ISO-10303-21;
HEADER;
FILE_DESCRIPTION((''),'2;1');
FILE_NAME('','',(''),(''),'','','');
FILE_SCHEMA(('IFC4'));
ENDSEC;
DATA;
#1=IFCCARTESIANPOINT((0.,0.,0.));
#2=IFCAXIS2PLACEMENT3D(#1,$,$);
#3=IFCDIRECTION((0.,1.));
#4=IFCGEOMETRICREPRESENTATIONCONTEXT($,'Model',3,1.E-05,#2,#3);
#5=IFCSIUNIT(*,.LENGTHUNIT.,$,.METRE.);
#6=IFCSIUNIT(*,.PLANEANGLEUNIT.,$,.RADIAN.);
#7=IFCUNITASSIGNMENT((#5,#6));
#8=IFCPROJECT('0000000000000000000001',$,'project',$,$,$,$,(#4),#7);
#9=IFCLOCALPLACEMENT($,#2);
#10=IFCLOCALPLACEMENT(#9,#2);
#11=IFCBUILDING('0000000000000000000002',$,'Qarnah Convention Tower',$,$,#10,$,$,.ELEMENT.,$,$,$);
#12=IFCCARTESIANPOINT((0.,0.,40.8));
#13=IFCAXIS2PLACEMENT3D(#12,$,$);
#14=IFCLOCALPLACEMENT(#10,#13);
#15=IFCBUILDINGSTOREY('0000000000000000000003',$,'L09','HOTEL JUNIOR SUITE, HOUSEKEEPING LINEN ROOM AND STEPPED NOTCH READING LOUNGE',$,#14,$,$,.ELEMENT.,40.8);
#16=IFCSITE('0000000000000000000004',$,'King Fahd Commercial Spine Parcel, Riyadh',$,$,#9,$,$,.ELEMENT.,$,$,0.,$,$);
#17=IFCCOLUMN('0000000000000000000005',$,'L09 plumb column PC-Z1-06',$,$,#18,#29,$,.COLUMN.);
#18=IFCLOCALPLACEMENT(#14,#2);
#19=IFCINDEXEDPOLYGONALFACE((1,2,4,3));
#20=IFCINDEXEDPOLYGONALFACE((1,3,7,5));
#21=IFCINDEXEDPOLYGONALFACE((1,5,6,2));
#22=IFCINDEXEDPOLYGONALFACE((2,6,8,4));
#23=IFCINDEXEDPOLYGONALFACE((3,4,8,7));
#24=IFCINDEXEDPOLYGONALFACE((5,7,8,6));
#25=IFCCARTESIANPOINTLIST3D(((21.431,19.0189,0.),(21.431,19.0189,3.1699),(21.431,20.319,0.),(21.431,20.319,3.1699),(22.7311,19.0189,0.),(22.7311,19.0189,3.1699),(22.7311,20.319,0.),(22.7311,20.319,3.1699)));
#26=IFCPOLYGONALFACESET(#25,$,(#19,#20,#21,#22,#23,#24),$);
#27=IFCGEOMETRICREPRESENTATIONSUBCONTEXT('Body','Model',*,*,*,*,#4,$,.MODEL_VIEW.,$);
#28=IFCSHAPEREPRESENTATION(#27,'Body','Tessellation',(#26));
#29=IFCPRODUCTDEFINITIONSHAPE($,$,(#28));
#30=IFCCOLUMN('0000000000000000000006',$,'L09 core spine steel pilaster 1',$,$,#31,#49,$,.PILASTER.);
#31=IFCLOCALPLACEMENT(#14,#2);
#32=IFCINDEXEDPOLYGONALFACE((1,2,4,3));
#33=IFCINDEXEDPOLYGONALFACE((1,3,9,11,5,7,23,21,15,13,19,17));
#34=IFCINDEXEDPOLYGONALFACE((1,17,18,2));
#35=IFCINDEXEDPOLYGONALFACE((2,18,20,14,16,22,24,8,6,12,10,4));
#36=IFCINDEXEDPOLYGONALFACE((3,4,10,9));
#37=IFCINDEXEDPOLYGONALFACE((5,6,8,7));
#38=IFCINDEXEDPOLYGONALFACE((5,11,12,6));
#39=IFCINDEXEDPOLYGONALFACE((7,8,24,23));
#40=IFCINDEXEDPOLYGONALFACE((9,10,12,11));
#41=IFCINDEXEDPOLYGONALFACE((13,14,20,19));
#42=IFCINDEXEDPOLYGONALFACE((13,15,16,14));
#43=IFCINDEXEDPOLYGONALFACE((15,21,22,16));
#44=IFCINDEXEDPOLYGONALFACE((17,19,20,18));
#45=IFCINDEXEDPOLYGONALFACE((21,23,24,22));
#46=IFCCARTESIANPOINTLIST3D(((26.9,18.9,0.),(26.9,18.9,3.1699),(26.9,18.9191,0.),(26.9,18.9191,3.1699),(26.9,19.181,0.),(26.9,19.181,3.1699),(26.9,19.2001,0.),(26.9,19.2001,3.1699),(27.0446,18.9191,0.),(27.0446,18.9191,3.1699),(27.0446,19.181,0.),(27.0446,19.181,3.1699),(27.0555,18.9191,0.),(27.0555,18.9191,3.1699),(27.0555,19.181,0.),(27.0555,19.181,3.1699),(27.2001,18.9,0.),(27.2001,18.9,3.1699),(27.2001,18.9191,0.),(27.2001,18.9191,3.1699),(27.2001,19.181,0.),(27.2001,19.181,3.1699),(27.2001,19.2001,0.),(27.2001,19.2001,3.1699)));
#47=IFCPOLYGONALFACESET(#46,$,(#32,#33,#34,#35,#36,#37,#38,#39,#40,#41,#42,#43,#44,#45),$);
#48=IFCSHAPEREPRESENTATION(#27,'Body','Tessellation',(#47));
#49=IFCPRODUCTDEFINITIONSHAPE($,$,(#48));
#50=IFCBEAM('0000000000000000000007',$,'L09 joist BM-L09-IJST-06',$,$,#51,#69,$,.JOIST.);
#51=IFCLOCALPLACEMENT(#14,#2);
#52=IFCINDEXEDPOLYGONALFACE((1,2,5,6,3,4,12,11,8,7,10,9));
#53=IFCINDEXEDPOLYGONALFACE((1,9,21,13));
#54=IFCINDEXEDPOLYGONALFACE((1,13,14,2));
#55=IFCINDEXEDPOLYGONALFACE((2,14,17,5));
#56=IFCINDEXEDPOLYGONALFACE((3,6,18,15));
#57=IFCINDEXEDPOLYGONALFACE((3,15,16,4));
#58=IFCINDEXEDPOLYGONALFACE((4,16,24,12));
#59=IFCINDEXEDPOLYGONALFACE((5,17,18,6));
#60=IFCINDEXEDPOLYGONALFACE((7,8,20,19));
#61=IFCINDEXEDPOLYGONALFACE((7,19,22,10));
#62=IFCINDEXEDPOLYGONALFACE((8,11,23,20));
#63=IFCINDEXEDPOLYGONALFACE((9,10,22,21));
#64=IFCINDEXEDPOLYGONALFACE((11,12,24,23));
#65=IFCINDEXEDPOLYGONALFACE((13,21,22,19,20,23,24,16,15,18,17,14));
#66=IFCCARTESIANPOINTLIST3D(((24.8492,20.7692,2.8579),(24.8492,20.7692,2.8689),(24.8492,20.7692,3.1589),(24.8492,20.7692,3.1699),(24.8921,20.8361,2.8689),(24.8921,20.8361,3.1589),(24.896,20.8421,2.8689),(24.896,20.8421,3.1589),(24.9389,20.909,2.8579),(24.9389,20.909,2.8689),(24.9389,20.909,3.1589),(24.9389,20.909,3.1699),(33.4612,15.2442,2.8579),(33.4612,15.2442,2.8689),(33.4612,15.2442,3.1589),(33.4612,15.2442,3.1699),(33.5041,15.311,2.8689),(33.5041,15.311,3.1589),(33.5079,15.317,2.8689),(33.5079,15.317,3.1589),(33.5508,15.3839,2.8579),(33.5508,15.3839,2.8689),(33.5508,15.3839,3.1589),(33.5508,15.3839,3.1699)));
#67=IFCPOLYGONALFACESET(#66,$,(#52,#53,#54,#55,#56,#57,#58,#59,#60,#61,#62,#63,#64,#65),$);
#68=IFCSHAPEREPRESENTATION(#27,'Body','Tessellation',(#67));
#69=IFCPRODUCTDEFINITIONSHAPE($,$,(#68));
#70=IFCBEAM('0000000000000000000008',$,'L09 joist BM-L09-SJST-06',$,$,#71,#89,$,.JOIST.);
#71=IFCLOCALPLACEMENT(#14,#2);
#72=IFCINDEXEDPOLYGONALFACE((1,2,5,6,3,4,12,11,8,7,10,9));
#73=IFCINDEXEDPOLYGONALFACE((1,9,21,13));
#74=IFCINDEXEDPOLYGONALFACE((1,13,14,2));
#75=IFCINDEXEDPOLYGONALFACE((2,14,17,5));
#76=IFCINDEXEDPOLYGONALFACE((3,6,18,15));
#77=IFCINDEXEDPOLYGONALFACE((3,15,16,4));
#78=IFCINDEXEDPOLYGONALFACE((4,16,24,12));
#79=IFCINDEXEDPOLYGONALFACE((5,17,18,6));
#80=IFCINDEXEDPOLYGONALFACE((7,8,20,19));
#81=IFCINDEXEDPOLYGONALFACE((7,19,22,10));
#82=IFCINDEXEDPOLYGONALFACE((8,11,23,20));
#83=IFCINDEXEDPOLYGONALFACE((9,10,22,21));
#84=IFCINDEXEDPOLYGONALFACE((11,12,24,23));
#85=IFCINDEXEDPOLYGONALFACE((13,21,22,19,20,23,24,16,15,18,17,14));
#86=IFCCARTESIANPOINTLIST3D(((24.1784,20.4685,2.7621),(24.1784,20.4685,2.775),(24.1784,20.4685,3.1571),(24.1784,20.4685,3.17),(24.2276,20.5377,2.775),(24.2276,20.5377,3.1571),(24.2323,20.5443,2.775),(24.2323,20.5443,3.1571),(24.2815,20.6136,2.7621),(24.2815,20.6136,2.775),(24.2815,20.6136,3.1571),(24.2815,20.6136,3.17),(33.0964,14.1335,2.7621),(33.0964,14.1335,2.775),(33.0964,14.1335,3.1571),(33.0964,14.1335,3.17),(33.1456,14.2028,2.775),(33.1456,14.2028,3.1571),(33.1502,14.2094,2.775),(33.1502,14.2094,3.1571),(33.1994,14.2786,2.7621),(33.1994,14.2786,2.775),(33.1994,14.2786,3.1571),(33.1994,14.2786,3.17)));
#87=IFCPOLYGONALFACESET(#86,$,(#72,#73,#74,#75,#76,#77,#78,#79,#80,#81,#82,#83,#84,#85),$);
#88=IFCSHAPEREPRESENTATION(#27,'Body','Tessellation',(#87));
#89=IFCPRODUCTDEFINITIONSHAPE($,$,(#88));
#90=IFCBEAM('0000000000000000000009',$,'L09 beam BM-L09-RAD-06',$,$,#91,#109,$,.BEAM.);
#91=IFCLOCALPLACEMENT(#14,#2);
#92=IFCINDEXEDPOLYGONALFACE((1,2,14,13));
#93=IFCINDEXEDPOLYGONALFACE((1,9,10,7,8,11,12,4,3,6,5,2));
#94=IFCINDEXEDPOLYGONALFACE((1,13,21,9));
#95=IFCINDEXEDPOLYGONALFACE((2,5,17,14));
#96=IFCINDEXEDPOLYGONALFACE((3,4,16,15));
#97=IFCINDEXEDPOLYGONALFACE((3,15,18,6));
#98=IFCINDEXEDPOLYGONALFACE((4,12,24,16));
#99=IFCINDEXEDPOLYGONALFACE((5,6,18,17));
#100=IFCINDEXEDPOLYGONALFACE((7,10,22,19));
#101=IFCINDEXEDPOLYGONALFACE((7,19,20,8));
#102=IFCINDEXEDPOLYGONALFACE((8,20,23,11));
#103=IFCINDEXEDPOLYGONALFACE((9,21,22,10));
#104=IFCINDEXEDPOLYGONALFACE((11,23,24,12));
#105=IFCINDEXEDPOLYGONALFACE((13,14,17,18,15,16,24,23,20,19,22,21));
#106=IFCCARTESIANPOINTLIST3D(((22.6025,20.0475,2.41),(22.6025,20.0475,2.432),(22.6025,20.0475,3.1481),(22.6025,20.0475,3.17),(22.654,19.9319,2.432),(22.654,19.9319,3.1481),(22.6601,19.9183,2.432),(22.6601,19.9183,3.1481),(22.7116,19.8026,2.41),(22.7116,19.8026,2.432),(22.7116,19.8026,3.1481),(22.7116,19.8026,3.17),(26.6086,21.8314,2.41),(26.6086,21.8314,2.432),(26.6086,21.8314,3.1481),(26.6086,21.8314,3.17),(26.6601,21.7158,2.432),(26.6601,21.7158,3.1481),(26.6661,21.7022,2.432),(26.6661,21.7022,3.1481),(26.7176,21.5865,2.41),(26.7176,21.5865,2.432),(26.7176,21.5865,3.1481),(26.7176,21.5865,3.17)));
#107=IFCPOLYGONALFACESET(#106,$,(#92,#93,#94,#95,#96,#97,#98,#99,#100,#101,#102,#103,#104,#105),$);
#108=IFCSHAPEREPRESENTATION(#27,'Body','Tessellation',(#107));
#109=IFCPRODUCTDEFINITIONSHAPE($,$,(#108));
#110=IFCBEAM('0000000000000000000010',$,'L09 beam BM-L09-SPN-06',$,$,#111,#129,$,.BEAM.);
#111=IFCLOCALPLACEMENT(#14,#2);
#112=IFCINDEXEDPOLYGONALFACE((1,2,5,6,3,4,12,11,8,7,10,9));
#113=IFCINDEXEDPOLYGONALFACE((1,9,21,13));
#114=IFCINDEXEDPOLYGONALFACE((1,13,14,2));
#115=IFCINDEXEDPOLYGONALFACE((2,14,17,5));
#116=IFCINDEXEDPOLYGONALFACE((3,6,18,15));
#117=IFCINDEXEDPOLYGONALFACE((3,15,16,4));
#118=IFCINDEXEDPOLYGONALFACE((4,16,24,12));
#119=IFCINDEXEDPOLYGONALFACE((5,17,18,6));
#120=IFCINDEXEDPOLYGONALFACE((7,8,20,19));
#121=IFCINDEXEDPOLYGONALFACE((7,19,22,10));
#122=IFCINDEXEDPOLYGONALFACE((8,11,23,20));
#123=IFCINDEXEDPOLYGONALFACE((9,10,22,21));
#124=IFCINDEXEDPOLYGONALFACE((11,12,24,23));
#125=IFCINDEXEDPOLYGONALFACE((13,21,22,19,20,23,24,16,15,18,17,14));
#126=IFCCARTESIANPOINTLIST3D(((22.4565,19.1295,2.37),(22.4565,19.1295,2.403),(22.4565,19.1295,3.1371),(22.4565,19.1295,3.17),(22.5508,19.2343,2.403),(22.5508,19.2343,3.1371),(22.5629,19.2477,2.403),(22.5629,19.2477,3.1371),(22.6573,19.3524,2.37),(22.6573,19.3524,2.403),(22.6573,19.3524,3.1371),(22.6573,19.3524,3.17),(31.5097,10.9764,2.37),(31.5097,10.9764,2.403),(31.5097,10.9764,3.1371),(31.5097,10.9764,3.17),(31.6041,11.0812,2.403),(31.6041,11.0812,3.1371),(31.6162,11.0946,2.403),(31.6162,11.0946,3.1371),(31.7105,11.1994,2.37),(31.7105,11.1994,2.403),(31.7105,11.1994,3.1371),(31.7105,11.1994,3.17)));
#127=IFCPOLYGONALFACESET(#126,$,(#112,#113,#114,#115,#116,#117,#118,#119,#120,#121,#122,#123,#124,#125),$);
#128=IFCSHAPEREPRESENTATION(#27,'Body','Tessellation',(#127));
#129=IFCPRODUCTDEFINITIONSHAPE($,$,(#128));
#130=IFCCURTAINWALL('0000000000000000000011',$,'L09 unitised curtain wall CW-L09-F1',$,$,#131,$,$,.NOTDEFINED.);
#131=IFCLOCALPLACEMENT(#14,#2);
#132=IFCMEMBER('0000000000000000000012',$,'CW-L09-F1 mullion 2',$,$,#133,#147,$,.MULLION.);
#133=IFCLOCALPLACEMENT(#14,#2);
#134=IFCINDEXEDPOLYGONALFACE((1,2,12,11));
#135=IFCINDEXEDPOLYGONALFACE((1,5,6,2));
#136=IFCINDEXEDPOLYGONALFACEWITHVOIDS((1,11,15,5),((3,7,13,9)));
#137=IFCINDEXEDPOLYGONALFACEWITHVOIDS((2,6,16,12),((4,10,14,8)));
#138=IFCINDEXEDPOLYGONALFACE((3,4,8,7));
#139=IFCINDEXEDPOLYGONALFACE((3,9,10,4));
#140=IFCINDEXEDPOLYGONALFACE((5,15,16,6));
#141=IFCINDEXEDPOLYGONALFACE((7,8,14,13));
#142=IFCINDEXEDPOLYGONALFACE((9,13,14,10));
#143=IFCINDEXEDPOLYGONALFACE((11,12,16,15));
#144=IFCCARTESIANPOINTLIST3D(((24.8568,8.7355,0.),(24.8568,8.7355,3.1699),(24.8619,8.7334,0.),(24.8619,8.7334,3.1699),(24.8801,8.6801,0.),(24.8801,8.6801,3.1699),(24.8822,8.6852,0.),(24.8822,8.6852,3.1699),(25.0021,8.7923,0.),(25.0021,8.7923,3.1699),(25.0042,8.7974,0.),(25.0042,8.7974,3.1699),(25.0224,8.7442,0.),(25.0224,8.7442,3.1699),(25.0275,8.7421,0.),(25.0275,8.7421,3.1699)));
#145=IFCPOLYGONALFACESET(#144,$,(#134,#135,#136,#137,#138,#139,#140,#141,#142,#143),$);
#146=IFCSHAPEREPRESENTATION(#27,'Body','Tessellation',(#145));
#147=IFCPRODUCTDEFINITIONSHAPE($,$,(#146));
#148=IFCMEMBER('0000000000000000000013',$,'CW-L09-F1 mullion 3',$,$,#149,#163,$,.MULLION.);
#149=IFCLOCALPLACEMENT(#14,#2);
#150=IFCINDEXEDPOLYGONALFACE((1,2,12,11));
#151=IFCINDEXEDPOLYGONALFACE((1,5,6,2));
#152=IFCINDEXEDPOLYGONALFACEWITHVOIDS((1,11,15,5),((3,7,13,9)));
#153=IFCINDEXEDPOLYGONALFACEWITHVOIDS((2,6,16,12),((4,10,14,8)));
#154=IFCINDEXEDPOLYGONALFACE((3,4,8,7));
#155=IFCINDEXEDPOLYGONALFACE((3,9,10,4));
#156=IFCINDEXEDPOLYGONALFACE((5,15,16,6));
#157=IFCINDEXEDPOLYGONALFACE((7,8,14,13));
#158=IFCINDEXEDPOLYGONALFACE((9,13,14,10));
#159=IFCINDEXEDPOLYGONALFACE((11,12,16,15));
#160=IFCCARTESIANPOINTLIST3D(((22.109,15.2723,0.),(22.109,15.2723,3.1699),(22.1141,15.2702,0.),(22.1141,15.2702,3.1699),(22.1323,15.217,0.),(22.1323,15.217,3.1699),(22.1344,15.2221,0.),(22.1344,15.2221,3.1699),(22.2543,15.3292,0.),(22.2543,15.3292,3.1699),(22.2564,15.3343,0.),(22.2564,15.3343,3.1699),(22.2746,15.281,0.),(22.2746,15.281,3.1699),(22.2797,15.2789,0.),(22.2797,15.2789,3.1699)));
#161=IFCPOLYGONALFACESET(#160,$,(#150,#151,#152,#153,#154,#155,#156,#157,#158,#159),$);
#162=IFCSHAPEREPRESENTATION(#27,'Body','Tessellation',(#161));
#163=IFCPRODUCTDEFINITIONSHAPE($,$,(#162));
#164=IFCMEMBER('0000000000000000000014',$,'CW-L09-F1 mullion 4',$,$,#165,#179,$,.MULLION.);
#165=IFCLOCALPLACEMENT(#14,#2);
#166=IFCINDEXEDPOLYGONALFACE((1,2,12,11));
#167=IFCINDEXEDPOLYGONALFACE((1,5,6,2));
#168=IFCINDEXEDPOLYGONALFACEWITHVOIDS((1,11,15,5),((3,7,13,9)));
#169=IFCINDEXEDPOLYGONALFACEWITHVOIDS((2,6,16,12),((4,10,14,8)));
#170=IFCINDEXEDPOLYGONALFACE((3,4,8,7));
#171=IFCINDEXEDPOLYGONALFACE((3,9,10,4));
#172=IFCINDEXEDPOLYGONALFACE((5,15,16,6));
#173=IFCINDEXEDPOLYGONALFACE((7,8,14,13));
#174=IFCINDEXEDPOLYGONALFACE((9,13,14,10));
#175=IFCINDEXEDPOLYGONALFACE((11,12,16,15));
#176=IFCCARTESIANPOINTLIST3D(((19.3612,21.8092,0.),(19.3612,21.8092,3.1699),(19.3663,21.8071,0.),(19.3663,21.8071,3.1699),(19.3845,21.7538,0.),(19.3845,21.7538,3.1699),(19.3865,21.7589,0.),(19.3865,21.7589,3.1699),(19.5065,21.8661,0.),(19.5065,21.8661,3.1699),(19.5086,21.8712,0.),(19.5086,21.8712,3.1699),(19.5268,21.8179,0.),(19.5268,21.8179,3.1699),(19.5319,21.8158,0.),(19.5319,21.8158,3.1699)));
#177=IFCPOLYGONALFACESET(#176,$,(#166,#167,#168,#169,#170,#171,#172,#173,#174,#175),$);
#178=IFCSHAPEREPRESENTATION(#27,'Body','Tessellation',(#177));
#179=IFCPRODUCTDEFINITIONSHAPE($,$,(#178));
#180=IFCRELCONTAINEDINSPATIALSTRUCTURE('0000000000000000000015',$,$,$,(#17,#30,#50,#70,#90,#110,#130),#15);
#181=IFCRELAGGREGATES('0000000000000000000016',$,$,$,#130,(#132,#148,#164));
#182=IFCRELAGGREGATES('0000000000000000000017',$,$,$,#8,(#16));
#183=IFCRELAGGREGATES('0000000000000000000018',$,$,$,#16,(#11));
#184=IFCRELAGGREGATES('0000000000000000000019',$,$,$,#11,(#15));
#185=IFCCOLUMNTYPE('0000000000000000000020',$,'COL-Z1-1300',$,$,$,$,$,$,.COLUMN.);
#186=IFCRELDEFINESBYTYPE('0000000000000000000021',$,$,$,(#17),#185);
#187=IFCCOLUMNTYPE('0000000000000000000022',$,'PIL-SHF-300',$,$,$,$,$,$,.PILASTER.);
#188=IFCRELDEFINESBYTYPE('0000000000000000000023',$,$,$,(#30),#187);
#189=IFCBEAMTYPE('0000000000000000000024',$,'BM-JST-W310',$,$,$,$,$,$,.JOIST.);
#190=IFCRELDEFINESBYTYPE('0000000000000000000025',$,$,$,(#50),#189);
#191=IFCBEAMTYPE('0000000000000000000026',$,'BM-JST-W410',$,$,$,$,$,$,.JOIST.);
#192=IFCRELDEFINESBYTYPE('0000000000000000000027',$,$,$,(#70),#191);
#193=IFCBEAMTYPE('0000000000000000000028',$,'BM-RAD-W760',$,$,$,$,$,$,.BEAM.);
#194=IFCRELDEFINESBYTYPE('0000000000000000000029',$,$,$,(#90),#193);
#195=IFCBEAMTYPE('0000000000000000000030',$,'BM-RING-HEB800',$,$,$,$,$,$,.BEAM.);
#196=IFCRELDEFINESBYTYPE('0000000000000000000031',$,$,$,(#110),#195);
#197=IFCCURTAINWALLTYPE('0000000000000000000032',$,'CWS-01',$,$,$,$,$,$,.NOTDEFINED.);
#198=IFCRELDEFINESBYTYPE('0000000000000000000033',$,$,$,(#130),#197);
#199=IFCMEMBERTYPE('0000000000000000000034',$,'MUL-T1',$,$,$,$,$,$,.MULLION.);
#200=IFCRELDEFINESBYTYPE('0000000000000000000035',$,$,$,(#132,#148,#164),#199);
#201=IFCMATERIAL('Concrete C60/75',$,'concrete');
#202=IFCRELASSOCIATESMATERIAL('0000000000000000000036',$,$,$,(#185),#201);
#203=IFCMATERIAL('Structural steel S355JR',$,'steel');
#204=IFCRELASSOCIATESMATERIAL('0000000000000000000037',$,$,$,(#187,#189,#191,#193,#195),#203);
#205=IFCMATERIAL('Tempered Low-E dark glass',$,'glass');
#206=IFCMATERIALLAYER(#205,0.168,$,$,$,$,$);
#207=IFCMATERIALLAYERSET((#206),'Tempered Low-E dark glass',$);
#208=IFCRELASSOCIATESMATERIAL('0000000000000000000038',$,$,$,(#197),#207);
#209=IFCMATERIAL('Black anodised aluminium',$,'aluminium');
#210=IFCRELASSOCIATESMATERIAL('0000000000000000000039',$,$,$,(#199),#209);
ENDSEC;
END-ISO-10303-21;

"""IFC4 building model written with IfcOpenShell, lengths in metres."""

from ifc_helpers import new_model, si_unit, direction, frame, origin, origin_2d, place, context, subcontext, project, spatial, rectangle, hollow_rectangle, i_section, extrude, material, layer, layer_set, material_profile, profile_set, type_object, element, aggregate, save


model = new_model("IFC4")

# Units and contexts
model_context = context("Model", 3, precision=1e-05, world=origin(), true_north=direction((0.0, 1.0)))
body_context = subcontext(model_context, "Body", "Model", "MODEL_VIEW")
ifc_project = project(units=[si_unit("LENGTHUNIT", "METRE"), si_unit("PLANEANGLEUNIT", "RADIAN")], contexts=[model_context])

# Site, building, storey
site_placement = place(None, origin())
site = spatial("IfcSite", under=ifc_project, at=site_placement, Name="King Fahd Commercial Spine Parcel, Riyadh", CompositionType="ELEMENT", RefElevation=0.0)
building_placement = place(site_placement, origin())
building = spatial("IfcBuilding", under=site, at=building_placement, Name="Qarnah Convention Tower", CompositionType="ELEMENT")
storey_placement = place(building_placement, frame((0.0, 0.0, 40.8)))
storey = spatial("IfcBuildingStorey", under=building, at=storey_placement, Name="L09", Description="HOTEL JUNIOR SUITE, HOUSEKEEPING LINEN ROOM AND STEPPED NOTCH READING LOUNGE", CompositionType="ELEMENT", Elevation=40.8)

# Columns
ifc_material_1 = material(Name="Concrete C60/75", Category="concrete")
ifc_material_profile_1 = material_profile(ifc_material_1, rectangle(XDim=1.3, YDim=1.3, at=origin_2d()), Name="RC-COL-1300X1300")
ifc_profile_set_1 = profile_set([ifc_material_profile_1], Name="Concrete C60/75")
column_type_1 = type_object("IfcColumnType", Name="COL-Z1-1300", PredefinedType="COLUMN", material=ifc_profile_set_1)
column_1_placement = place(storey_placement, frame((22.0811, 19.6689, 0.0), z_axis=(0.0, 0.0, 1.0), x_axis=(1.0, 0.0, 0.0)))
element("IfcColumn", 1, at=column_1_placement, inside=storey, type_object=column_type_1, Name="L09 plumb column PC-Z1-06", PredefinedType="COLUMN", context=body_context, shape_type="SweptSolid", body=[
    extrude(rectangle(XDim=1.3, YDim=1.3, at=origin_2d()), origin(), (0.0, 0.0, 1.0), 3.1699),
])
ifc_material_2 = material(Name="Structural steel S355JR", Category="steel")
ifc_material_profile_2 = material_profile(ifc_material_2, i_section(OverallWidth=0.3, OverallDepth=0.3, WebThickness=0.011, FlangeThickness=0.019, at=origin_2d()), Name="HEB300")
ifc_profile_set_2 = profile_set([ifc_material_profile_2], Name="Structural steel S355JR")
column_type_2 = type_object("IfcColumnType", Name="PIL-SHF-300", PredefinedType="PILASTER", material=ifc_profile_set_2)
column_2_placement = place(storey_placement, frame((27.05, 19.05, 0.0), z_axis=(0.0, 0.0, 1.0), x_axis=(1.0, 0.0, 0.0)))
element("IfcColumn", 2, at=column_2_placement, inside=storey, type_object=column_type_2, Name="L09 core spine steel pilaster 1", PredefinedType="PILASTER", context=body_context, shape_type="SweptSolid", body=[
    extrude(i_section(OverallWidth=0.3, OverallDepth=0.3, WebThickness=0.011, FlangeThickness=0.019, at=origin_2d()), origin(), (0.0, 0.0, 1.0), 3.1699),
])

# Beams
ifc_material_profile_3 = material_profile(ifc_material_2, i_section(OverallWidth=0.166, OverallDepth=0.312, WebThickness=0.0071, FlangeThickness=0.011, at=origin_2d()), Name="W310X45")
ifc_profile_set_3 = profile_set([ifc_material_profile_3], Name="Structural steel S355JR")
beam_type_1 = type_object("IfcBeamType", Name="BM-JST-W310", PredefinedType="JOIST", material=ifc_profile_set_3)
beam_1_placement = place(storey_placement, frame((24.894, 20.8391, 3.0139), z_axis=(0.841675, -0.539984, 0.0), x_axis=(0.539984, 0.841675, 0.0)))
element("IfcBeam", 3, at=beam_1_placement, inside=storey, type_object=beam_type_1, Name="L09 joist BM-L09-IJST-06", PredefinedType="JOIST", context=body_context, shape_type="SweptSolid", body=[
    extrude(i_section(OverallWidth=0.166, OverallDepth=0.312, WebThickness=0.0071, FlangeThickness=0.011, at=origin_2d()), origin(), (0.0, 0.0, 1.0), 10.2319),
])
ifc_material_profile_4 = material_profile(ifc_material_2, i_section(OverallWidth=0.178, OverallDepth=0.408, WebThickness=0.0081, FlangeThickness=0.0129, at=origin_2d()), Name="W410X60")
ifc_profile_set_4 = profile_set([ifc_material_profile_4], Name="Structural steel S355JR")
beam_type_2 = type_object("IfcBeamType", Name="BM-JST-W410", PredefinedType="JOIST", material=ifc_profile_set_4)
beam_2_placement = place(storey_placement, frame((24.23, 20.541, 2.9661), z_axis=(0.815245, -0.579117, 0.0), x_axis=(0.579117, 0.815245, 0.0)))
element("IfcBeam", 4, at=beam_2_placement, inside=storey, type_object=beam_type_2, Name="L09 joist BM-L09-SJST-06", PredefinedType="JOIST", context=body_context, shape_type="SweptSolid", body=[
    extrude(i_section(OverallWidth=0.178, OverallDepth=0.408, WebThickness=0.0081, FlangeThickness=0.0129, at=origin_2d()), origin(), (0.0, 0.0, 1.0), 10.939),
])
ifc_material_profile_5 = material_profile(ifc_material_2, i_section(OverallWidth=0.2681, OverallDepth=0.76, WebThickness=0.0149, FlangeThickness=0.022, at=origin_2d()), Name="W760X185")
ifc_profile_set_5 = profile_set([ifc_material_profile_5], Name="Structural steel S355JR")
beam_type_3 = type_object("IfcBeamType", Name="BM-RAD-W760", PredefinedType="BEAM", material=ifc_profile_set_5)
beam_3_placement = place(storey_placement, frame((26.6631, 21.709, 2.79), z_axis=(-0.91352, -0.406794, 0.0), x_axis=(0.406794, -0.91352, 0.0)))
element("IfcBeam", 5, at=beam_3_placement, inside=storey, type_object=beam_type_3, Name="L09 beam BM-L09-RAD-06", PredefinedType="BEAM", context=body_context, shape_type="SweptSolid", body=[
    extrude(i_section(OverallWidth=0.2681, OverallDepth=0.76, WebThickness=0.0149, FlangeThickness=0.022, at=origin_2d()), origin(), (0.0, 0.0, 1.0), 4.3853),
])
ifc_material_profile_6 = material_profile(ifc_material_2, i_section(OverallWidth=0.3, OverallDepth=0.8, WebThickness=0.0181, FlangeThickness=0.033, at=origin_2d()), Name="HEB800")
ifc_profile_set_6 = profile_set([ifc_material_profile_6], Name="Structural steel S355JR")
beam_type_4 = type_object("IfcBeamType", Name="BM-RING-HEB800", PredefinedType="BEAM", material=ifc_profile_set_6)
beam_4_placement = place(storey_placement, frame((22.5569, 19.241, 2.77), z_axis=(0.743083, -0.669199, 0.0), x_axis=(0.669199, 0.743083, 0.0)))
element("IfcBeam", 6, at=beam_4_placement, inside=storey, type_object=beam_type_4, Name="L09 beam BM-L09-SPN-06", PredefinedType="BEAM", context=body_context, shape_type="SweptSolid", body=[
    extrude(i_section(OverallWidth=0.3, OverallDepth=0.8, WebThickness=0.0181, FlangeThickness=0.033, at=origin_2d()), origin(), (0.0, 0.0, 1.0), 12.1833),
])

# Curtain wall, members
ifc_material_3 = material(Name="Tempered Low-E dark glass", Category="glass")
ifc_layer_1 = layer(ifc_material_3, 0.168)
ifc_layer_set_1 = layer_set([ifc_layer_1], Name="Tempered Low-E dark glass")
curtain_wall_type = type_object("IfcCurtainWallType", Name="CWS-01", PredefinedType="NOTDEFINED", material=ifc_layer_set_1)
curtain_wall_placement = place(storey_placement, origin())
curtain_wall = element("IfcCurtainWall", 7, at=curtain_wall_placement, inside=storey, type_object=curtain_wall_type, Name="L09 unitised curtain wall CW-L09-F1", PredefinedType="NOTDEFINED")
ifc_material_4 = material(Name="Black anodised aluminium", Category="aluminium")
ifc_material_profile_7 = material_profile(ifc_material_4, hollow_rectangle(XDim=0.0601, YDim=0.1599, WallThickness=0.0039, at=origin_2d()), Name="MUL-60X160")
ifc_profile_set_7 = profile_set([ifc_material_profile_7], Name="Black anodised aluminium")
member_type = type_object("IfcMemberType", Name="MUL-T1", PredefinedType="MULLION", material=ifc_profile_set_7)
member_1_placement = place(storey_placement, frame((24.9421, 8.7388, 0.0), z_axis=(0.0, 0.0, 1.0), x_axis=(-0.387513, 0.921864, 0.0)))
member_1 = element("IfcMember", 8, at=member_1_placement, type_object=member_type, Name="CW-L09-F1 mullion 2", PredefinedType="MULLION", context=body_context, shape_type="SweptSolid", body=[
    extrude(hollow_rectangle(XDim=0.0601, YDim=0.1599, WallThickness=0.0039, at=origin_2d()), origin(), (0.0, 0.0, 1.0), 3.1699),
])
member_2_placement = place(storey_placement, frame((22.1943, 15.2756, 0.0), z_axis=(0.0, 0.0, 1.0), x_axis=(-0.387513, 0.921864, 0.0)))
member_2 = element("IfcMember", 9, at=member_2_placement, type_object=member_type, Name="CW-L09-F1 mullion 3", PredefinedType="MULLION", context=body_context, shape_type="SweptSolid", body=[
    extrude(hollow_rectangle(XDim=0.0601, YDim=0.1599, WallThickness=0.0039, at=origin_2d()), origin(), (0.0, 0.0, 1.0), 3.1699),
])
member_3_placement = place(storey_placement, frame((19.4465, 21.8125, 0.0), z_axis=(0.0, 0.0, 1.0), x_axis=(-0.387513, 0.921864, 0.0)))
member_3 = element("IfcMember", 10, at=member_3_placement, type_object=member_type, Name="CW-L09-F1 mullion 4", PredefinedType="MULLION", context=body_context, shape_type="SweptSolid", body=[
    extrude(hollow_rectangle(XDim=0.0601, YDim=0.1599, WallThickness=0.0039, at=origin_2d()), origin(), (0.0, 0.0, 1.0), 3.1699),
])
aggregate(curtain_wall, [member_1, member_2, member_3])

save(model, "model.ifc")
